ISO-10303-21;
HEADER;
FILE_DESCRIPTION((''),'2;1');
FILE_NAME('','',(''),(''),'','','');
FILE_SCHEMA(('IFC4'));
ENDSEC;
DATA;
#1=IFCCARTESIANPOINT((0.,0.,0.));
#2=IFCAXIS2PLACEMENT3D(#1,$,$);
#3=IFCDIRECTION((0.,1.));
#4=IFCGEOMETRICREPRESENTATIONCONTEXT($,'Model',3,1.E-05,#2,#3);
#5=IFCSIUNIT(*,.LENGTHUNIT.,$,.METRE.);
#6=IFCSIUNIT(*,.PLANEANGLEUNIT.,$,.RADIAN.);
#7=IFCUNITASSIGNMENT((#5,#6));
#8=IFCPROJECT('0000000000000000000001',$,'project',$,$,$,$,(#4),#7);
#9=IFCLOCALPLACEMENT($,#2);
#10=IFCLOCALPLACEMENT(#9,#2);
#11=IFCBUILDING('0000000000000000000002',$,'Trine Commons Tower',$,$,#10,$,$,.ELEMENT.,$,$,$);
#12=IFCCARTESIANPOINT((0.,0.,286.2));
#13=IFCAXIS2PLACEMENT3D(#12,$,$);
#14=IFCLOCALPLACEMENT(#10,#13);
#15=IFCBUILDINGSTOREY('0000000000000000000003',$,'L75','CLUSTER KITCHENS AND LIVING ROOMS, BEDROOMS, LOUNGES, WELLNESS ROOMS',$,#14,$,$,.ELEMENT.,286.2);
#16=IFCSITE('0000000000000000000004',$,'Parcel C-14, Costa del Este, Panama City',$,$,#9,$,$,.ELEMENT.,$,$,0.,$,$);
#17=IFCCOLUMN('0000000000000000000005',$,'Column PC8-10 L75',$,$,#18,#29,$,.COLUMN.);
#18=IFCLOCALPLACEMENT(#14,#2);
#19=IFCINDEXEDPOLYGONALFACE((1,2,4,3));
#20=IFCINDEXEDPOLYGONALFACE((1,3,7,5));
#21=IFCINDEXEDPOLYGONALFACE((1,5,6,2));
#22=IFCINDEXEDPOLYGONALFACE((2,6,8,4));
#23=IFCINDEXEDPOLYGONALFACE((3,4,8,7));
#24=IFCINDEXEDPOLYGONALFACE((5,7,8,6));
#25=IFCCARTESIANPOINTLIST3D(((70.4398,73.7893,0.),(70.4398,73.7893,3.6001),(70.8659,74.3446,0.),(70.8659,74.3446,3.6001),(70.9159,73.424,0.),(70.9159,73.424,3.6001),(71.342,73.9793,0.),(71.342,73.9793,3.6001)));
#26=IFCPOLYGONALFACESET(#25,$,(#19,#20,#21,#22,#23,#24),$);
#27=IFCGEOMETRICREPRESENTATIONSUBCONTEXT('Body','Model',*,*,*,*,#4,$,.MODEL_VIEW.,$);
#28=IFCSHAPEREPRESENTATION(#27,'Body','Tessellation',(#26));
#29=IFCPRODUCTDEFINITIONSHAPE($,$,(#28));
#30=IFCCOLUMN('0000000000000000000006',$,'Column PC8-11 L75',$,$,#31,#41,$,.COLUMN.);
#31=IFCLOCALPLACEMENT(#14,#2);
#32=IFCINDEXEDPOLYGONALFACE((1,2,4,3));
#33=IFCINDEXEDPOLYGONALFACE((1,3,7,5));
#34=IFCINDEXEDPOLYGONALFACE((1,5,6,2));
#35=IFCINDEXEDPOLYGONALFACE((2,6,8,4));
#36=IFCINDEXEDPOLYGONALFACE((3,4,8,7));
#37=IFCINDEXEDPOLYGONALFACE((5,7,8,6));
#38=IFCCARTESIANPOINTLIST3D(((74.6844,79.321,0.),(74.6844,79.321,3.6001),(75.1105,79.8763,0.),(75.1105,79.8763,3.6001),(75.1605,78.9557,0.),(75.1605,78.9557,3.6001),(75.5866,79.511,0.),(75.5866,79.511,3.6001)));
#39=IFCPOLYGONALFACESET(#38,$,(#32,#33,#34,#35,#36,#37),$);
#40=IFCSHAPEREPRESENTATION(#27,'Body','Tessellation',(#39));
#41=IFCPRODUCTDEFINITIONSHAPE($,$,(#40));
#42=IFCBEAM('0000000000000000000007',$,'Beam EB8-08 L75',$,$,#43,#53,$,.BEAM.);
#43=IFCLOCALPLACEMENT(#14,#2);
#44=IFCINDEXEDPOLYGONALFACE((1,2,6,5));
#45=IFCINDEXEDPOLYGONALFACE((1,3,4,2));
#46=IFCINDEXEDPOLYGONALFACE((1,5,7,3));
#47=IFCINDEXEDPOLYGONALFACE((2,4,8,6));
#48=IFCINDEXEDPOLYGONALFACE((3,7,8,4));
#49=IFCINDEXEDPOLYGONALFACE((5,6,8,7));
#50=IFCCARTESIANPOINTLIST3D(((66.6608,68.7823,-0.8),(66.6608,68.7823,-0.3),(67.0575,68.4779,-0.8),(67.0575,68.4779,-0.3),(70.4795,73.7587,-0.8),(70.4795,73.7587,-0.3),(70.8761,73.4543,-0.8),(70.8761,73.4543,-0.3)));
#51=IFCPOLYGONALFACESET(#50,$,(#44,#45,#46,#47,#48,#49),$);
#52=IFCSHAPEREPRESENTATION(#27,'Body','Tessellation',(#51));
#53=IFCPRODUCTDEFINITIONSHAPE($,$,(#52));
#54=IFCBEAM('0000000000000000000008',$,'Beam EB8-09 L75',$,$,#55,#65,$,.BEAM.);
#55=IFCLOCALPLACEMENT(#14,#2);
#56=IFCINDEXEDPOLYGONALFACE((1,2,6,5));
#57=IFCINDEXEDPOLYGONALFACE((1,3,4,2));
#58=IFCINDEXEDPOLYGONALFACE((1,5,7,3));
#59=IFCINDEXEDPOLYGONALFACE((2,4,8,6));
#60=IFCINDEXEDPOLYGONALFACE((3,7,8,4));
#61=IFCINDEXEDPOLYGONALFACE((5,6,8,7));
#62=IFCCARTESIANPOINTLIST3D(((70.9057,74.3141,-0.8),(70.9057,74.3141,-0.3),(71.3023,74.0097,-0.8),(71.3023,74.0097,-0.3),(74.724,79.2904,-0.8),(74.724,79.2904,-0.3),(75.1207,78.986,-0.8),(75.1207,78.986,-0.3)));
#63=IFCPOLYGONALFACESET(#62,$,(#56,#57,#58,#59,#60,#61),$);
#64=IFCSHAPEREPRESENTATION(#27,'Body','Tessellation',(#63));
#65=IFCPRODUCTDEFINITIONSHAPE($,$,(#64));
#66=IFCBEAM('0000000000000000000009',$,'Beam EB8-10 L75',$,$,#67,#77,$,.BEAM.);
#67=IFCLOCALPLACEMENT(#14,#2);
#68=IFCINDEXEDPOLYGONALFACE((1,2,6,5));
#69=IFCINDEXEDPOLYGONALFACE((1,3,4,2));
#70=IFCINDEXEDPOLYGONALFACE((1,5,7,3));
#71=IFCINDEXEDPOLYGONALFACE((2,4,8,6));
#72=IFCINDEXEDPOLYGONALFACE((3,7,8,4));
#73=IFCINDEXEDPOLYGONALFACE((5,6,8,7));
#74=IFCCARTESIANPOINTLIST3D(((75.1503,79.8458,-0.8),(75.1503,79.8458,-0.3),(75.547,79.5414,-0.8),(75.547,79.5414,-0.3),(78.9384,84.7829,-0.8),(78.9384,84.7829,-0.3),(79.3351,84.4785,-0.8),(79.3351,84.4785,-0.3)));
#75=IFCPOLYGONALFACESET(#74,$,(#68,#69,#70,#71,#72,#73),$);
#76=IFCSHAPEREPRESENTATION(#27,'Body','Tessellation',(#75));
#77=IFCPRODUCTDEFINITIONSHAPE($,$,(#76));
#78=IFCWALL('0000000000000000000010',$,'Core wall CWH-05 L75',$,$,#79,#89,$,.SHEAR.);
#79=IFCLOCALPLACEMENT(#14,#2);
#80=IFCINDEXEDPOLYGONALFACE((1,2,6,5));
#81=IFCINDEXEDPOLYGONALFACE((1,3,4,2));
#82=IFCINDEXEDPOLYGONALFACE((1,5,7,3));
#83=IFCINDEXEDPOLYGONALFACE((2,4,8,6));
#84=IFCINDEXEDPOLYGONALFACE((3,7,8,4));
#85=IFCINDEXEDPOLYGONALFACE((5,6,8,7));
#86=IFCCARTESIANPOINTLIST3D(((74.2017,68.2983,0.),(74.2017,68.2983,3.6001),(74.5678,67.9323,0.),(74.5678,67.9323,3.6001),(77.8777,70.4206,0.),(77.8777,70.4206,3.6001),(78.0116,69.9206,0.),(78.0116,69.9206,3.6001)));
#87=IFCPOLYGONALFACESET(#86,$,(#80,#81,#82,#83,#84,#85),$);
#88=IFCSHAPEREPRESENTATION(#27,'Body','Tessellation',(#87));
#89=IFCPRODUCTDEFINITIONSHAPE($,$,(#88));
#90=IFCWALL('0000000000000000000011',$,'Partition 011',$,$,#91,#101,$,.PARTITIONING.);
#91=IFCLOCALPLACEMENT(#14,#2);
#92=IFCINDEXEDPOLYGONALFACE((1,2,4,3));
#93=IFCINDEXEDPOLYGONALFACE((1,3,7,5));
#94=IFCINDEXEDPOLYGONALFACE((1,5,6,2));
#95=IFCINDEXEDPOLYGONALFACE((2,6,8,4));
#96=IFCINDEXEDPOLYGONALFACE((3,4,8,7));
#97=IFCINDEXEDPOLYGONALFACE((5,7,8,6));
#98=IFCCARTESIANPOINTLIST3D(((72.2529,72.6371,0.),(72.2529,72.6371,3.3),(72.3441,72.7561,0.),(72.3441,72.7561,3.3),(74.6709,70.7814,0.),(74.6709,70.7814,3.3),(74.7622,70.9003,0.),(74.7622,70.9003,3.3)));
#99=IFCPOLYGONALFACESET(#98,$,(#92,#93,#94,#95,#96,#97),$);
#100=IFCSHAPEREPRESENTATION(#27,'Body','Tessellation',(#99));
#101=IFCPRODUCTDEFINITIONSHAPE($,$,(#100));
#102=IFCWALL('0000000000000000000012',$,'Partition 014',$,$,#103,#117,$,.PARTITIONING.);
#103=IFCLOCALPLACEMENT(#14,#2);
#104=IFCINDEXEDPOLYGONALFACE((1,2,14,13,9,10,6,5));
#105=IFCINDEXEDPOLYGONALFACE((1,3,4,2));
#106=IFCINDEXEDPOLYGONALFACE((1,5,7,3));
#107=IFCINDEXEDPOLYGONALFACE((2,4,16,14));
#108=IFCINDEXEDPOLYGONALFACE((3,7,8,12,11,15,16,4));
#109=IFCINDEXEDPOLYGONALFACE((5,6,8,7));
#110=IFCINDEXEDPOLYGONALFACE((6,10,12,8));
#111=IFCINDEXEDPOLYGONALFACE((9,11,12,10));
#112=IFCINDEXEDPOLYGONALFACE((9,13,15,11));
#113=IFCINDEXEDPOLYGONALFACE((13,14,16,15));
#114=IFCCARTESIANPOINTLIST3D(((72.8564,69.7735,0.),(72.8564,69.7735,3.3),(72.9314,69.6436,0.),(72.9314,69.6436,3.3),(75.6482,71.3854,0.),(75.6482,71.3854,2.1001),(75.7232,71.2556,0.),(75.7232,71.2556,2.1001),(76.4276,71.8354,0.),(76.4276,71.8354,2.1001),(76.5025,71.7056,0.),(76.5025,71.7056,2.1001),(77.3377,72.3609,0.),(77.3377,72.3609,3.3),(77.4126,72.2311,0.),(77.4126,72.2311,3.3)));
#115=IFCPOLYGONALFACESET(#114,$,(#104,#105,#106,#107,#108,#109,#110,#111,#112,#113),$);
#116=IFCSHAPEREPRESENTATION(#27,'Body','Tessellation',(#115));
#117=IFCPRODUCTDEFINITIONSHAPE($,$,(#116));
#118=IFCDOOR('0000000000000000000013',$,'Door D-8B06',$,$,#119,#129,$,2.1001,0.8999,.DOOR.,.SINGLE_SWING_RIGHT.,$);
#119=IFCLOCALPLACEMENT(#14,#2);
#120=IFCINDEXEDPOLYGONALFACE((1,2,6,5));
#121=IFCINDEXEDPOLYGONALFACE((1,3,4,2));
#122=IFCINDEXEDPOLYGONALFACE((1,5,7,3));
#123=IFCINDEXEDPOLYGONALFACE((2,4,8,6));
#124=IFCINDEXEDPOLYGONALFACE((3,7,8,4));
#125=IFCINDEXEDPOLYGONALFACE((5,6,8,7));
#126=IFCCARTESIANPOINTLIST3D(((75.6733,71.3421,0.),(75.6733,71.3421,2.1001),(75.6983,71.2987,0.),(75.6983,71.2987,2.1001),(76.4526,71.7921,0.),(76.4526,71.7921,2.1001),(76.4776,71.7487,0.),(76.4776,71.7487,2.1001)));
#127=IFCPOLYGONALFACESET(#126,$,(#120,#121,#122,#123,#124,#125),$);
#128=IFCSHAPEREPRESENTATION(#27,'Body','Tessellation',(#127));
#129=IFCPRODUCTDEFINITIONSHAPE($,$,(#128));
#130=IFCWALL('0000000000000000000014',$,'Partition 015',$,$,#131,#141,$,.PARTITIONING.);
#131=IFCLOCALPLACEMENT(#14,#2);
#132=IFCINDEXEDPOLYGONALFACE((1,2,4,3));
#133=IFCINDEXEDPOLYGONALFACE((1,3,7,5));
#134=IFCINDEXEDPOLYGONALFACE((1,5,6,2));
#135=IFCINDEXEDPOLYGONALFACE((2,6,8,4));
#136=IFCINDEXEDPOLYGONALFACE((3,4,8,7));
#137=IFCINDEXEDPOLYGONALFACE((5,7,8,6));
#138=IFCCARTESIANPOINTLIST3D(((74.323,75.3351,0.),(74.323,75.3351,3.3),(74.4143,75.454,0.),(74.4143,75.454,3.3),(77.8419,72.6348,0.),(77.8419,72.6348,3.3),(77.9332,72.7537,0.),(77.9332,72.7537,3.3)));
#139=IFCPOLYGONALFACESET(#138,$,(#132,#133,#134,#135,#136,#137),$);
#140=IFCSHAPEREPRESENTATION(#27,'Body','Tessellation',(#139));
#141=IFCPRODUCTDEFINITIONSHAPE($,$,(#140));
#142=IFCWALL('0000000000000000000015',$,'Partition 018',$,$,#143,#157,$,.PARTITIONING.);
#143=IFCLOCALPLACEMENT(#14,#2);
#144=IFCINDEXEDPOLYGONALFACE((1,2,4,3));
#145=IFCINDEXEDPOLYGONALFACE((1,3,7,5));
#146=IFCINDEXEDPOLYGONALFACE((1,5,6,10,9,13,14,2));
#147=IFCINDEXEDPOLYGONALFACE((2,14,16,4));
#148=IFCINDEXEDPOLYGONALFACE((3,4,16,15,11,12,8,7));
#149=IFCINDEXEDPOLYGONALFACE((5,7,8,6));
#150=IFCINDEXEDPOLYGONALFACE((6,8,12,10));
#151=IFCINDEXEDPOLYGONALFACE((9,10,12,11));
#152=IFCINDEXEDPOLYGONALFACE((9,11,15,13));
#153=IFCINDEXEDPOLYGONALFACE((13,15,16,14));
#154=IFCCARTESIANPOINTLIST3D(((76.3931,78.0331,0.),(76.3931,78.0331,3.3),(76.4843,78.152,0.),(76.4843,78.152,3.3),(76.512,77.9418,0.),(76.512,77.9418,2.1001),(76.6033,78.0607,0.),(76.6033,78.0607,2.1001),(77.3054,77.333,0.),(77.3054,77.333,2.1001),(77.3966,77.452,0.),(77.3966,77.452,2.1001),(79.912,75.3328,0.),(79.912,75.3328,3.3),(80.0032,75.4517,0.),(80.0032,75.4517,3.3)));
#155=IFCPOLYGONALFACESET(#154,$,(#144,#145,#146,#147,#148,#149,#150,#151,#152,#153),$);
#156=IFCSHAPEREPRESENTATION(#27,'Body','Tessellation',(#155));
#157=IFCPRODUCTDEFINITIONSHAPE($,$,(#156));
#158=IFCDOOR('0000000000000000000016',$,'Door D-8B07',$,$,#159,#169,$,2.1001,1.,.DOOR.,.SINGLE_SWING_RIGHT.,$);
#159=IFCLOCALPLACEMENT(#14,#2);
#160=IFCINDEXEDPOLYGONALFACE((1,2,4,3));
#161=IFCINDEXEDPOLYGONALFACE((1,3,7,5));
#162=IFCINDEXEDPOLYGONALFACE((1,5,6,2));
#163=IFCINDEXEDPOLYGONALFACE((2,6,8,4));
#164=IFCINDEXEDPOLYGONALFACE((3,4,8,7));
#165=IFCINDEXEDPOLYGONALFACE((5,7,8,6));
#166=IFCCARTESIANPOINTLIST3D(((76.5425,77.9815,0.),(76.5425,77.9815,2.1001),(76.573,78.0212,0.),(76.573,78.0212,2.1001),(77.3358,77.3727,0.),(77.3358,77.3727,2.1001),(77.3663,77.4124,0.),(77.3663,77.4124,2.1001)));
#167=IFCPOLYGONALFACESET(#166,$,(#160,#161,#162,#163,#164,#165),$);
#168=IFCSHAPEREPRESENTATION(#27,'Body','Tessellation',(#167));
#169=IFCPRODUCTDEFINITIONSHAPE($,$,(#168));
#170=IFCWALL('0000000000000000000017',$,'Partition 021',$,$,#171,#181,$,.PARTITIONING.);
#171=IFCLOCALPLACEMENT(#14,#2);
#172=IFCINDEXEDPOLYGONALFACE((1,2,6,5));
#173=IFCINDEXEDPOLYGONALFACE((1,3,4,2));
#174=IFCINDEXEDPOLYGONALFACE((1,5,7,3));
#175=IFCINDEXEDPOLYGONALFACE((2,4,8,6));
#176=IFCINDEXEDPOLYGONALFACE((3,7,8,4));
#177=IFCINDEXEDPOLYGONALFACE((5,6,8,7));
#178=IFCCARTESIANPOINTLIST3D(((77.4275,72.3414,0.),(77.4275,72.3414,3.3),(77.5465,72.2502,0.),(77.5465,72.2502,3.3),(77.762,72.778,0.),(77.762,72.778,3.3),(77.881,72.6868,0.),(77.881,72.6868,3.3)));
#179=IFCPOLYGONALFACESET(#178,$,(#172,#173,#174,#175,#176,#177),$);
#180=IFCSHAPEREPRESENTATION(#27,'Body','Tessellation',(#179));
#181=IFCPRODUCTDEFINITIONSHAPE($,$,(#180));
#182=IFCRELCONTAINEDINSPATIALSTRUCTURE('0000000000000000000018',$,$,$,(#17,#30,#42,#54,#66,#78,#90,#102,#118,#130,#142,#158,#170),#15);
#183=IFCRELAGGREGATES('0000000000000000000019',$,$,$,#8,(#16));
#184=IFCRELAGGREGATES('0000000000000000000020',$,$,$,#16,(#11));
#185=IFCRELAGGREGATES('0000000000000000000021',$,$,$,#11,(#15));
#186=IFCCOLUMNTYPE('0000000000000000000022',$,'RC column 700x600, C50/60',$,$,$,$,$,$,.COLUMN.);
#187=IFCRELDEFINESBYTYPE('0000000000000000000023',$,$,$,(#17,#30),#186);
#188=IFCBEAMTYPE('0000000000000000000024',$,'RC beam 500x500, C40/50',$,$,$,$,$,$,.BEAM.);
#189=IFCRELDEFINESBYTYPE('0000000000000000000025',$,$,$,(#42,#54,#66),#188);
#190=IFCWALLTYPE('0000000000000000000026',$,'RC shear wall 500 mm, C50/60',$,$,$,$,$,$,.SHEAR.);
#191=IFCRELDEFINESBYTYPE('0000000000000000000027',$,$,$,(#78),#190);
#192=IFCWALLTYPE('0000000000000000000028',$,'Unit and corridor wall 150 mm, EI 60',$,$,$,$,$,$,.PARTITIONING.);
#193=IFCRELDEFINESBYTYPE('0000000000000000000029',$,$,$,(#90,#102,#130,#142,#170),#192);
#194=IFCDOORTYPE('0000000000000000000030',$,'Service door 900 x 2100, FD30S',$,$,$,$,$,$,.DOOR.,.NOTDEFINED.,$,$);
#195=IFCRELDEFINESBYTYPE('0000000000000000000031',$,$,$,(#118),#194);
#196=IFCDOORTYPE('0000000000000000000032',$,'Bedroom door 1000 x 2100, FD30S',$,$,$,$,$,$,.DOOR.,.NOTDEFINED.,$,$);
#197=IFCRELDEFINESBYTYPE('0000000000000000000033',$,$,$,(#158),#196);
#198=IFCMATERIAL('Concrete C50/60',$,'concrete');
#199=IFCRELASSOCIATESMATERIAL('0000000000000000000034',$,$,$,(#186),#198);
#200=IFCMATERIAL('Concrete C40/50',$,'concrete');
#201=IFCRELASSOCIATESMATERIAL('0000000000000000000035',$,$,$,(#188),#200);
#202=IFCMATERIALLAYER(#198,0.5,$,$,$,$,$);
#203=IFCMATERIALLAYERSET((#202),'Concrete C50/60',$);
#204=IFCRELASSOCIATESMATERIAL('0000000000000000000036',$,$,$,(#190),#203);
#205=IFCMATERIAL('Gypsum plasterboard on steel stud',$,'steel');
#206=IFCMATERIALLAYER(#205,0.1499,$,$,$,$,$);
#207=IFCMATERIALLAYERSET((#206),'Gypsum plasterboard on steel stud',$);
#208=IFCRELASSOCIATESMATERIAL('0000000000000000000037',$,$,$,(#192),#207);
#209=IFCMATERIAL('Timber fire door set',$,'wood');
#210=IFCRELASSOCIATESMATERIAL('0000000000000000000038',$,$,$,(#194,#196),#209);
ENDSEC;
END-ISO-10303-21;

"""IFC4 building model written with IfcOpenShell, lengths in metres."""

from ifc_helpers import new_model, si_unit, direction, frame, frame_2d, origin, origin_2d, place, context, subcontext, project, spatial, polyline, rectangle, outline, extrude, material, layer, layer_set, material_profile, profile_set, type_object, element, fill, save


model = new_model("IFC4")

# Units and contexts
model_context = context("Model", 3, precision=1e-05, world=origin(), true_north=direction((0.0, 1.0)))
body_context = subcontext(model_context, "Body", "Model", "MODEL_VIEW")
ifc_project = project(units=[si_unit("LENGTHUNIT", "METRE"), si_unit("PLANEANGLEUNIT", "RADIAN")], contexts=[model_context])

# Site, building, storey
site_placement = place(None, origin())
site = spatial("IfcSite", under=ifc_project, at=site_placement, Name="Parcel C-14, Costa del Este, Panama City", CompositionType="ELEMENT", RefElevation=0.0)
building_placement = place(site_placement, origin())
building = spatial("IfcBuilding", under=site, at=building_placement, Name="Trine Commons Tower", CompositionType="ELEMENT")
storey_placement = place(building_placement, frame((0.0, 0.0, 286.2)))
storey = spatial("IfcBuildingStorey", under=building, at=storey_placement, Name="L75", Description="CLUSTER KITCHENS AND LIVING ROOMS, BEDROOMS, LOUNGES, WELLNESS ROOMS", CompositionType="ELEMENT", Elevation=286.2)

# Columns
ifc_material_1 = material(Name="Concrete C50/60", Category="concrete")
ifc_material_profile_1 = material_profile(ifc_material_1, rectangle(XDim=0.7, YDim=0.6001, at=origin_2d()), Name="RC 700x600")
ifc_profile_set_1 = profile_set([ifc_material_profile_1], Name="Concrete C50/60")
column_type = type_object("IfcColumnType", Name="RC column 700x600, C50/60", PredefinedType="COLUMN", material=ifc_profile_set_1)
for number, where, z_axis, x_axis, name in (
    (1, (70.8909, 73.8843, 0.0), (0.0, 0.0, 1.0), (0.608761, 0.793353, 0.0), "Column PC8-10 L75"),
    (2, (75.1355, 79.416, 0.0), (0.0, 0.0, 1.0), (0.608761, 0.793353, 0.0), "Column PC8-11 L75"),
):
    element("IfcColumn", number, at=place(storey_placement, frame(where, z_axis=z_axis, x_axis=x_axis)), inside=storey, type_object=column_type, Name=name, PredefinedType="COLUMN", context=body_context, shape_type="SweptSolid", body=[
        extrude(rectangle(XDim=0.7, YDim=0.6001, at=origin_2d()), origin(), (0.0, 0.0, 1.0), 3.6001),
    ])

# Beams
ifc_material_2 = material(Name="Concrete C40/50", Category="concrete")
ifc_material_profile_2 = material_profile(ifc_material_2, rectangle(XDim=0.5, YDim=0.5, at=origin_2d()), Name="RC 500x500")
ifc_profile_set_2 = profile_set([ifc_material_profile_2], Name="Concrete C40/50")
beam_type = type_object("IfcBeamType", Name="RC beam 500x500, C40/50", PredefinedType="BEAM", material=ifc_profile_set_2)
beam_1_placement = place(storey_placement, frame((66.8591, 68.6301, -0.55), z_axis=(0.608775, 0.793343, 0.0), x_axis=(-0.793343, 0.608775, 0.0)))
element("IfcBeam", 3, at=beam_1_placement, inside=storey, type_object=beam_type, Name="Beam EB8-08 L75", PredefinedType="BEAM", context=body_context, shape_type="SweptSolid", body=[
    extrude(rectangle(XDim=0.5, YDim=0.5, at=origin_2d()), origin(), (0.0, 0.0, 1.0), 6.2727),
])
beam_2_placement = place(storey_placement, frame((71.104, 74.1619, -0.55), z_axis=(0.608751, 0.793361, 0.0), x_axis=(-0.793361, 0.608751, 0.0)))
element("IfcBeam", 4, at=beam_2_placement, inside=storey, type_object=beam_type, Name="Beam EB8-09 L75", PredefinedType="BEAM", context=body_context, shape_type="SweptSolid", body=[
    extrude(rectangle(XDim=0.5, YDim=0.5, at=origin_2d()), origin(), (0.0, 0.0, 1.0), 6.2725),
])
beam_3_placement = place(storey_placement, frame((75.3486, 79.6936, -0.55), z_axis=(0.60874, 0.79337, 0.0), x_axis=(-0.79337, 0.60874, 0.0)))
element("IfcBeam", 5, at=beam_3_placement, inside=storey, type_object=beam_type, Name="Beam EB8-10 L75", PredefinedType="BEAM", context=body_context, shape_type="SweptSolid", body=[
    extrude(rectangle(XDim=0.5, YDim=0.5, at=origin_2d()), origin(), (0.0, 0.0, 1.0), 6.2229),
])

# Walls
ifc_layer_1 = layer(ifc_material_1, 0.5)
ifc_layer_set_1 = layer_set([ifc_layer_1], Name="Concrete C50/60")
wall_type_1 = type_object("IfcWallType", Name="RC shear wall 500 mm, C50/60", PredefinedType="SHEAR", material=ifc_layer_set_1)
wall_1_placement = place(storey_placement, frame((78.0027, 70.2041, 0.0), z_axis=(0.0, 0.0, 1.0), x_axis=(-0.866029, -0.499993, 0.0)))
element("IfcWall", 6, at=wall_1_placement, inside=storey, type_object=wall_type_1, Name="Core wall CWH-05 L75", PredefinedType="SHEAR", context=body_context, shape_type="SweptSolid", body=[
    extrude(outline(polyline([(0.0, -0.25), (4.2446, -0.25), (4.1106, 0.25), (0.134, 0.25), (0.0, -0.25)])), origin(), (0.0, 0.0, 1.0), 3.6001),
])
ifc_material_3 = material(Name="Gypsum plasterboard on steel stud", Category="steel")
ifc_layer_2 = layer(ifc_material_3, 0.1499)
ifc_layer_set_2 = layer_set([ifc_layer_2], Name="Gypsum plasterboard on steel stud")
wall_type_2 = type_object("IfcWallType", Name="Unit and corridor wall 150 mm, EI 60", PredefinedType="PARTITIONING", material=ifc_layer_set_2)
wall_2_placement = place(storey_placement, frame((72.2986, 72.6965, 0.0), z_axis=(0.0, 0.0, 1.0), x_axis=(0.793299, -0.608832, 0.0)))
element("IfcWall", 7, at=wall_2_placement, inside=storey, type_object=wall_type_2, Name="Partition 011", PredefinedType="PARTITIONING", context=body_context, shape_type="SweptSolid", body=[
    extrude(rectangle(XDim=3.0481, YDim=0.1499, at=frame_2d((1.5239, 0.0))), origin(), (0.0, 0.0, 1.0), 3.3),
])

# Wall, opening, door
wall_3_placement = place(storey_placement, frame((72.8938, 69.7085, 0.0), z_axis=(0.0, 0.0, 1.0), x_axis=(0.86601, 0.500026, 0.0)))
wall_3 = element("IfcWall", 8, at=wall_3_placement, inside=storey, type_object=wall_type_2, Name="Partition 014", PredefinedType="PARTITIONING", context=body_context, shape_type="SweptSolid", body=[
    extrude(rectangle(XDim=5.1746, YDim=0.1499, at=frame_2d((2.5874, 0.0))), origin(), (0.0, 0.0, 1.0), 3.3),
])
opening_1_placement = place(wall_3_placement, frame((3.2239, 0.0, 0.0)))
opening_1 = element("IfcOpeningElement", 9, at=opening_1_placement, cuts=wall_3, PredefinedType="OPENING", context=body_context, shape_type="SweptSolid", body=[
    extrude(rectangle(XDim=0.8999, YDim=2.1001, at=frame_2d((0.45, 1.05))), frame((0.0, 0.085, 0.0), z_axis=(0.0, -1.0, 0.0), x_axis=(1.0, 0.0, 0.0)), (0.0, 0.0, 1.0), 0.1699),
])
ifc_material_4 = material(Name="Timber fire door set", Category="wood")
door_type_1 = type_object("IfcDoorType", Name="Service door 900 x 2100, FD30S", OperationType="NOTDEFINED", PredefinedType="DOOR", material=ifc_material_4)
door_1_placement = place(opening_1_placement, origin())
door_1 = element("IfcDoor", 10, at=door_1_placement, inside=storey, type_object=door_type_1, Name="Door D-8B06", OperationType="SINGLE_SWING_RIGHT", OverallHeight=2.1001, OverallWidth=0.8999, PredefinedType="DOOR", context=body_context, shape_type="SweptSolid", body=[
    extrude(rectangle(XDim=0.8999, YDim=2.1001, at=frame_2d((0.45, 1.05))), frame((0.0, 0.0249, 0.0), z_axis=(0.0, -1.0, 0.0), x_axis=(1.0, 0.0, 0.0)), (0.0, 0.0, 1.0), 0.05),
])
fill(opening_1, door_1)

# Wall
wall_4_placement = place(storey_placement, frame((74.3687, 75.3945, 0.0), z_axis=(0.0, 0.0, 1.0), x_axis=(0.79334, -0.608779, 0.0)))
element("IfcWall", 11, at=wall_4_placement, inside=storey, type_object=wall_type_2, Name="Partition 015", PredefinedType="PARTITIONING", context=body_context, shape_type="SweptSolid", body=[
    extrude(rectangle(XDim=4.4355, YDim=0.1499, at=frame_2d((2.2178, 0.0))), origin(), (0.0, 0.0, 1.0), 3.3),
])

# Wall, opening, door
wall_5_placement = place(storey_placement, frame((76.4387, 78.0925, 0.0), z_axis=(0.0, 0.0, 1.0), x_axis=(0.79334, -0.608779, 0.0)))
wall_5 = element("IfcWall", 12, at=wall_5_placement, inside=storey, type_object=wall_type_2, Name="Partition 018", PredefinedType="PARTITIONING", context=body_context, shape_type="SweptSolid", body=[
    extrude(rectangle(XDim=4.4355, YDim=0.1499, at=frame_2d((2.2178, 0.0))), origin(), (0.0, 0.0, 1.0), 3.3),
])
opening_2_placement = place(wall_5_placement, frame((0.1499, 0.0, 0.0)))
opening_2 = element("IfcOpeningElement", 13, at=opening_2_placement, cuts=wall_5, PredefinedType="OPENING", context=body_context, shape_type="SweptSolid", body=[
    extrude(rectangle(XDim=1.0, YDim=2.1001, at=frame_2d((0.5, 1.05))), frame((0.0, 0.085, 0.0), z_axis=(0.0, -1.0, 0.0), x_axis=(1.0, 0.0, 0.0)), (0.0, 0.0, 1.0), 0.1699),
])
door_type_2 = type_object("IfcDoorType", Name="Bedroom door 1000 x 2100, FD30S", OperationType="NOTDEFINED", PredefinedType="DOOR", material=ifc_material_4)
door_2_placement = place(opening_2_placement, frame((1.0, 0.0, 0.0), z_axis=(0.0, 0.0, 1.0), x_axis=(-1.0, 0.0, 0.0)))
door_2 = element("IfcDoor", 14, at=door_2_placement, inside=storey, type_object=door_type_2, Name="Door D-8B07", OperationType="SINGLE_SWING_RIGHT", OverallHeight=2.1001, OverallWidth=1.0, PredefinedType="DOOR", context=body_context, shape_type="SweptSolid", body=[
    extrude(rectangle(XDim=1.0, YDim=2.1001, at=frame_2d((0.5, 1.05))), frame((0.0, 0.0249, 0.0), z_axis=(0.0, -1.0, 0.0), x_axis=(1.0, 0.0, 0.0)), (0.0, 0.0, 1.0), 0.05),
])
fill(opening_2, door_2)

# Wall
wall_6_placement = place(storey_placement, frame((77.4871, 72.2959, 0.0), z_axis=(0.0, 0.0, 1.0), x_axis=(0.608208, 0.793778, 0.0)))
element("IfcWall", 15, at=wall_6_placement, inside=storey, type_object=wall_type_2, Name="Partition 021", PredefinedType="PARTITIONING", context=body_context, shape_type="SweptSolid", body=[
    extrude(rectangle(XDim=0.55, YDim=0.1499, at=frame_2d((0.2749, 0.0))), origin(), (0.0, 0.0, 1.0), 3.3),
])

save(model, "model.ifc")
